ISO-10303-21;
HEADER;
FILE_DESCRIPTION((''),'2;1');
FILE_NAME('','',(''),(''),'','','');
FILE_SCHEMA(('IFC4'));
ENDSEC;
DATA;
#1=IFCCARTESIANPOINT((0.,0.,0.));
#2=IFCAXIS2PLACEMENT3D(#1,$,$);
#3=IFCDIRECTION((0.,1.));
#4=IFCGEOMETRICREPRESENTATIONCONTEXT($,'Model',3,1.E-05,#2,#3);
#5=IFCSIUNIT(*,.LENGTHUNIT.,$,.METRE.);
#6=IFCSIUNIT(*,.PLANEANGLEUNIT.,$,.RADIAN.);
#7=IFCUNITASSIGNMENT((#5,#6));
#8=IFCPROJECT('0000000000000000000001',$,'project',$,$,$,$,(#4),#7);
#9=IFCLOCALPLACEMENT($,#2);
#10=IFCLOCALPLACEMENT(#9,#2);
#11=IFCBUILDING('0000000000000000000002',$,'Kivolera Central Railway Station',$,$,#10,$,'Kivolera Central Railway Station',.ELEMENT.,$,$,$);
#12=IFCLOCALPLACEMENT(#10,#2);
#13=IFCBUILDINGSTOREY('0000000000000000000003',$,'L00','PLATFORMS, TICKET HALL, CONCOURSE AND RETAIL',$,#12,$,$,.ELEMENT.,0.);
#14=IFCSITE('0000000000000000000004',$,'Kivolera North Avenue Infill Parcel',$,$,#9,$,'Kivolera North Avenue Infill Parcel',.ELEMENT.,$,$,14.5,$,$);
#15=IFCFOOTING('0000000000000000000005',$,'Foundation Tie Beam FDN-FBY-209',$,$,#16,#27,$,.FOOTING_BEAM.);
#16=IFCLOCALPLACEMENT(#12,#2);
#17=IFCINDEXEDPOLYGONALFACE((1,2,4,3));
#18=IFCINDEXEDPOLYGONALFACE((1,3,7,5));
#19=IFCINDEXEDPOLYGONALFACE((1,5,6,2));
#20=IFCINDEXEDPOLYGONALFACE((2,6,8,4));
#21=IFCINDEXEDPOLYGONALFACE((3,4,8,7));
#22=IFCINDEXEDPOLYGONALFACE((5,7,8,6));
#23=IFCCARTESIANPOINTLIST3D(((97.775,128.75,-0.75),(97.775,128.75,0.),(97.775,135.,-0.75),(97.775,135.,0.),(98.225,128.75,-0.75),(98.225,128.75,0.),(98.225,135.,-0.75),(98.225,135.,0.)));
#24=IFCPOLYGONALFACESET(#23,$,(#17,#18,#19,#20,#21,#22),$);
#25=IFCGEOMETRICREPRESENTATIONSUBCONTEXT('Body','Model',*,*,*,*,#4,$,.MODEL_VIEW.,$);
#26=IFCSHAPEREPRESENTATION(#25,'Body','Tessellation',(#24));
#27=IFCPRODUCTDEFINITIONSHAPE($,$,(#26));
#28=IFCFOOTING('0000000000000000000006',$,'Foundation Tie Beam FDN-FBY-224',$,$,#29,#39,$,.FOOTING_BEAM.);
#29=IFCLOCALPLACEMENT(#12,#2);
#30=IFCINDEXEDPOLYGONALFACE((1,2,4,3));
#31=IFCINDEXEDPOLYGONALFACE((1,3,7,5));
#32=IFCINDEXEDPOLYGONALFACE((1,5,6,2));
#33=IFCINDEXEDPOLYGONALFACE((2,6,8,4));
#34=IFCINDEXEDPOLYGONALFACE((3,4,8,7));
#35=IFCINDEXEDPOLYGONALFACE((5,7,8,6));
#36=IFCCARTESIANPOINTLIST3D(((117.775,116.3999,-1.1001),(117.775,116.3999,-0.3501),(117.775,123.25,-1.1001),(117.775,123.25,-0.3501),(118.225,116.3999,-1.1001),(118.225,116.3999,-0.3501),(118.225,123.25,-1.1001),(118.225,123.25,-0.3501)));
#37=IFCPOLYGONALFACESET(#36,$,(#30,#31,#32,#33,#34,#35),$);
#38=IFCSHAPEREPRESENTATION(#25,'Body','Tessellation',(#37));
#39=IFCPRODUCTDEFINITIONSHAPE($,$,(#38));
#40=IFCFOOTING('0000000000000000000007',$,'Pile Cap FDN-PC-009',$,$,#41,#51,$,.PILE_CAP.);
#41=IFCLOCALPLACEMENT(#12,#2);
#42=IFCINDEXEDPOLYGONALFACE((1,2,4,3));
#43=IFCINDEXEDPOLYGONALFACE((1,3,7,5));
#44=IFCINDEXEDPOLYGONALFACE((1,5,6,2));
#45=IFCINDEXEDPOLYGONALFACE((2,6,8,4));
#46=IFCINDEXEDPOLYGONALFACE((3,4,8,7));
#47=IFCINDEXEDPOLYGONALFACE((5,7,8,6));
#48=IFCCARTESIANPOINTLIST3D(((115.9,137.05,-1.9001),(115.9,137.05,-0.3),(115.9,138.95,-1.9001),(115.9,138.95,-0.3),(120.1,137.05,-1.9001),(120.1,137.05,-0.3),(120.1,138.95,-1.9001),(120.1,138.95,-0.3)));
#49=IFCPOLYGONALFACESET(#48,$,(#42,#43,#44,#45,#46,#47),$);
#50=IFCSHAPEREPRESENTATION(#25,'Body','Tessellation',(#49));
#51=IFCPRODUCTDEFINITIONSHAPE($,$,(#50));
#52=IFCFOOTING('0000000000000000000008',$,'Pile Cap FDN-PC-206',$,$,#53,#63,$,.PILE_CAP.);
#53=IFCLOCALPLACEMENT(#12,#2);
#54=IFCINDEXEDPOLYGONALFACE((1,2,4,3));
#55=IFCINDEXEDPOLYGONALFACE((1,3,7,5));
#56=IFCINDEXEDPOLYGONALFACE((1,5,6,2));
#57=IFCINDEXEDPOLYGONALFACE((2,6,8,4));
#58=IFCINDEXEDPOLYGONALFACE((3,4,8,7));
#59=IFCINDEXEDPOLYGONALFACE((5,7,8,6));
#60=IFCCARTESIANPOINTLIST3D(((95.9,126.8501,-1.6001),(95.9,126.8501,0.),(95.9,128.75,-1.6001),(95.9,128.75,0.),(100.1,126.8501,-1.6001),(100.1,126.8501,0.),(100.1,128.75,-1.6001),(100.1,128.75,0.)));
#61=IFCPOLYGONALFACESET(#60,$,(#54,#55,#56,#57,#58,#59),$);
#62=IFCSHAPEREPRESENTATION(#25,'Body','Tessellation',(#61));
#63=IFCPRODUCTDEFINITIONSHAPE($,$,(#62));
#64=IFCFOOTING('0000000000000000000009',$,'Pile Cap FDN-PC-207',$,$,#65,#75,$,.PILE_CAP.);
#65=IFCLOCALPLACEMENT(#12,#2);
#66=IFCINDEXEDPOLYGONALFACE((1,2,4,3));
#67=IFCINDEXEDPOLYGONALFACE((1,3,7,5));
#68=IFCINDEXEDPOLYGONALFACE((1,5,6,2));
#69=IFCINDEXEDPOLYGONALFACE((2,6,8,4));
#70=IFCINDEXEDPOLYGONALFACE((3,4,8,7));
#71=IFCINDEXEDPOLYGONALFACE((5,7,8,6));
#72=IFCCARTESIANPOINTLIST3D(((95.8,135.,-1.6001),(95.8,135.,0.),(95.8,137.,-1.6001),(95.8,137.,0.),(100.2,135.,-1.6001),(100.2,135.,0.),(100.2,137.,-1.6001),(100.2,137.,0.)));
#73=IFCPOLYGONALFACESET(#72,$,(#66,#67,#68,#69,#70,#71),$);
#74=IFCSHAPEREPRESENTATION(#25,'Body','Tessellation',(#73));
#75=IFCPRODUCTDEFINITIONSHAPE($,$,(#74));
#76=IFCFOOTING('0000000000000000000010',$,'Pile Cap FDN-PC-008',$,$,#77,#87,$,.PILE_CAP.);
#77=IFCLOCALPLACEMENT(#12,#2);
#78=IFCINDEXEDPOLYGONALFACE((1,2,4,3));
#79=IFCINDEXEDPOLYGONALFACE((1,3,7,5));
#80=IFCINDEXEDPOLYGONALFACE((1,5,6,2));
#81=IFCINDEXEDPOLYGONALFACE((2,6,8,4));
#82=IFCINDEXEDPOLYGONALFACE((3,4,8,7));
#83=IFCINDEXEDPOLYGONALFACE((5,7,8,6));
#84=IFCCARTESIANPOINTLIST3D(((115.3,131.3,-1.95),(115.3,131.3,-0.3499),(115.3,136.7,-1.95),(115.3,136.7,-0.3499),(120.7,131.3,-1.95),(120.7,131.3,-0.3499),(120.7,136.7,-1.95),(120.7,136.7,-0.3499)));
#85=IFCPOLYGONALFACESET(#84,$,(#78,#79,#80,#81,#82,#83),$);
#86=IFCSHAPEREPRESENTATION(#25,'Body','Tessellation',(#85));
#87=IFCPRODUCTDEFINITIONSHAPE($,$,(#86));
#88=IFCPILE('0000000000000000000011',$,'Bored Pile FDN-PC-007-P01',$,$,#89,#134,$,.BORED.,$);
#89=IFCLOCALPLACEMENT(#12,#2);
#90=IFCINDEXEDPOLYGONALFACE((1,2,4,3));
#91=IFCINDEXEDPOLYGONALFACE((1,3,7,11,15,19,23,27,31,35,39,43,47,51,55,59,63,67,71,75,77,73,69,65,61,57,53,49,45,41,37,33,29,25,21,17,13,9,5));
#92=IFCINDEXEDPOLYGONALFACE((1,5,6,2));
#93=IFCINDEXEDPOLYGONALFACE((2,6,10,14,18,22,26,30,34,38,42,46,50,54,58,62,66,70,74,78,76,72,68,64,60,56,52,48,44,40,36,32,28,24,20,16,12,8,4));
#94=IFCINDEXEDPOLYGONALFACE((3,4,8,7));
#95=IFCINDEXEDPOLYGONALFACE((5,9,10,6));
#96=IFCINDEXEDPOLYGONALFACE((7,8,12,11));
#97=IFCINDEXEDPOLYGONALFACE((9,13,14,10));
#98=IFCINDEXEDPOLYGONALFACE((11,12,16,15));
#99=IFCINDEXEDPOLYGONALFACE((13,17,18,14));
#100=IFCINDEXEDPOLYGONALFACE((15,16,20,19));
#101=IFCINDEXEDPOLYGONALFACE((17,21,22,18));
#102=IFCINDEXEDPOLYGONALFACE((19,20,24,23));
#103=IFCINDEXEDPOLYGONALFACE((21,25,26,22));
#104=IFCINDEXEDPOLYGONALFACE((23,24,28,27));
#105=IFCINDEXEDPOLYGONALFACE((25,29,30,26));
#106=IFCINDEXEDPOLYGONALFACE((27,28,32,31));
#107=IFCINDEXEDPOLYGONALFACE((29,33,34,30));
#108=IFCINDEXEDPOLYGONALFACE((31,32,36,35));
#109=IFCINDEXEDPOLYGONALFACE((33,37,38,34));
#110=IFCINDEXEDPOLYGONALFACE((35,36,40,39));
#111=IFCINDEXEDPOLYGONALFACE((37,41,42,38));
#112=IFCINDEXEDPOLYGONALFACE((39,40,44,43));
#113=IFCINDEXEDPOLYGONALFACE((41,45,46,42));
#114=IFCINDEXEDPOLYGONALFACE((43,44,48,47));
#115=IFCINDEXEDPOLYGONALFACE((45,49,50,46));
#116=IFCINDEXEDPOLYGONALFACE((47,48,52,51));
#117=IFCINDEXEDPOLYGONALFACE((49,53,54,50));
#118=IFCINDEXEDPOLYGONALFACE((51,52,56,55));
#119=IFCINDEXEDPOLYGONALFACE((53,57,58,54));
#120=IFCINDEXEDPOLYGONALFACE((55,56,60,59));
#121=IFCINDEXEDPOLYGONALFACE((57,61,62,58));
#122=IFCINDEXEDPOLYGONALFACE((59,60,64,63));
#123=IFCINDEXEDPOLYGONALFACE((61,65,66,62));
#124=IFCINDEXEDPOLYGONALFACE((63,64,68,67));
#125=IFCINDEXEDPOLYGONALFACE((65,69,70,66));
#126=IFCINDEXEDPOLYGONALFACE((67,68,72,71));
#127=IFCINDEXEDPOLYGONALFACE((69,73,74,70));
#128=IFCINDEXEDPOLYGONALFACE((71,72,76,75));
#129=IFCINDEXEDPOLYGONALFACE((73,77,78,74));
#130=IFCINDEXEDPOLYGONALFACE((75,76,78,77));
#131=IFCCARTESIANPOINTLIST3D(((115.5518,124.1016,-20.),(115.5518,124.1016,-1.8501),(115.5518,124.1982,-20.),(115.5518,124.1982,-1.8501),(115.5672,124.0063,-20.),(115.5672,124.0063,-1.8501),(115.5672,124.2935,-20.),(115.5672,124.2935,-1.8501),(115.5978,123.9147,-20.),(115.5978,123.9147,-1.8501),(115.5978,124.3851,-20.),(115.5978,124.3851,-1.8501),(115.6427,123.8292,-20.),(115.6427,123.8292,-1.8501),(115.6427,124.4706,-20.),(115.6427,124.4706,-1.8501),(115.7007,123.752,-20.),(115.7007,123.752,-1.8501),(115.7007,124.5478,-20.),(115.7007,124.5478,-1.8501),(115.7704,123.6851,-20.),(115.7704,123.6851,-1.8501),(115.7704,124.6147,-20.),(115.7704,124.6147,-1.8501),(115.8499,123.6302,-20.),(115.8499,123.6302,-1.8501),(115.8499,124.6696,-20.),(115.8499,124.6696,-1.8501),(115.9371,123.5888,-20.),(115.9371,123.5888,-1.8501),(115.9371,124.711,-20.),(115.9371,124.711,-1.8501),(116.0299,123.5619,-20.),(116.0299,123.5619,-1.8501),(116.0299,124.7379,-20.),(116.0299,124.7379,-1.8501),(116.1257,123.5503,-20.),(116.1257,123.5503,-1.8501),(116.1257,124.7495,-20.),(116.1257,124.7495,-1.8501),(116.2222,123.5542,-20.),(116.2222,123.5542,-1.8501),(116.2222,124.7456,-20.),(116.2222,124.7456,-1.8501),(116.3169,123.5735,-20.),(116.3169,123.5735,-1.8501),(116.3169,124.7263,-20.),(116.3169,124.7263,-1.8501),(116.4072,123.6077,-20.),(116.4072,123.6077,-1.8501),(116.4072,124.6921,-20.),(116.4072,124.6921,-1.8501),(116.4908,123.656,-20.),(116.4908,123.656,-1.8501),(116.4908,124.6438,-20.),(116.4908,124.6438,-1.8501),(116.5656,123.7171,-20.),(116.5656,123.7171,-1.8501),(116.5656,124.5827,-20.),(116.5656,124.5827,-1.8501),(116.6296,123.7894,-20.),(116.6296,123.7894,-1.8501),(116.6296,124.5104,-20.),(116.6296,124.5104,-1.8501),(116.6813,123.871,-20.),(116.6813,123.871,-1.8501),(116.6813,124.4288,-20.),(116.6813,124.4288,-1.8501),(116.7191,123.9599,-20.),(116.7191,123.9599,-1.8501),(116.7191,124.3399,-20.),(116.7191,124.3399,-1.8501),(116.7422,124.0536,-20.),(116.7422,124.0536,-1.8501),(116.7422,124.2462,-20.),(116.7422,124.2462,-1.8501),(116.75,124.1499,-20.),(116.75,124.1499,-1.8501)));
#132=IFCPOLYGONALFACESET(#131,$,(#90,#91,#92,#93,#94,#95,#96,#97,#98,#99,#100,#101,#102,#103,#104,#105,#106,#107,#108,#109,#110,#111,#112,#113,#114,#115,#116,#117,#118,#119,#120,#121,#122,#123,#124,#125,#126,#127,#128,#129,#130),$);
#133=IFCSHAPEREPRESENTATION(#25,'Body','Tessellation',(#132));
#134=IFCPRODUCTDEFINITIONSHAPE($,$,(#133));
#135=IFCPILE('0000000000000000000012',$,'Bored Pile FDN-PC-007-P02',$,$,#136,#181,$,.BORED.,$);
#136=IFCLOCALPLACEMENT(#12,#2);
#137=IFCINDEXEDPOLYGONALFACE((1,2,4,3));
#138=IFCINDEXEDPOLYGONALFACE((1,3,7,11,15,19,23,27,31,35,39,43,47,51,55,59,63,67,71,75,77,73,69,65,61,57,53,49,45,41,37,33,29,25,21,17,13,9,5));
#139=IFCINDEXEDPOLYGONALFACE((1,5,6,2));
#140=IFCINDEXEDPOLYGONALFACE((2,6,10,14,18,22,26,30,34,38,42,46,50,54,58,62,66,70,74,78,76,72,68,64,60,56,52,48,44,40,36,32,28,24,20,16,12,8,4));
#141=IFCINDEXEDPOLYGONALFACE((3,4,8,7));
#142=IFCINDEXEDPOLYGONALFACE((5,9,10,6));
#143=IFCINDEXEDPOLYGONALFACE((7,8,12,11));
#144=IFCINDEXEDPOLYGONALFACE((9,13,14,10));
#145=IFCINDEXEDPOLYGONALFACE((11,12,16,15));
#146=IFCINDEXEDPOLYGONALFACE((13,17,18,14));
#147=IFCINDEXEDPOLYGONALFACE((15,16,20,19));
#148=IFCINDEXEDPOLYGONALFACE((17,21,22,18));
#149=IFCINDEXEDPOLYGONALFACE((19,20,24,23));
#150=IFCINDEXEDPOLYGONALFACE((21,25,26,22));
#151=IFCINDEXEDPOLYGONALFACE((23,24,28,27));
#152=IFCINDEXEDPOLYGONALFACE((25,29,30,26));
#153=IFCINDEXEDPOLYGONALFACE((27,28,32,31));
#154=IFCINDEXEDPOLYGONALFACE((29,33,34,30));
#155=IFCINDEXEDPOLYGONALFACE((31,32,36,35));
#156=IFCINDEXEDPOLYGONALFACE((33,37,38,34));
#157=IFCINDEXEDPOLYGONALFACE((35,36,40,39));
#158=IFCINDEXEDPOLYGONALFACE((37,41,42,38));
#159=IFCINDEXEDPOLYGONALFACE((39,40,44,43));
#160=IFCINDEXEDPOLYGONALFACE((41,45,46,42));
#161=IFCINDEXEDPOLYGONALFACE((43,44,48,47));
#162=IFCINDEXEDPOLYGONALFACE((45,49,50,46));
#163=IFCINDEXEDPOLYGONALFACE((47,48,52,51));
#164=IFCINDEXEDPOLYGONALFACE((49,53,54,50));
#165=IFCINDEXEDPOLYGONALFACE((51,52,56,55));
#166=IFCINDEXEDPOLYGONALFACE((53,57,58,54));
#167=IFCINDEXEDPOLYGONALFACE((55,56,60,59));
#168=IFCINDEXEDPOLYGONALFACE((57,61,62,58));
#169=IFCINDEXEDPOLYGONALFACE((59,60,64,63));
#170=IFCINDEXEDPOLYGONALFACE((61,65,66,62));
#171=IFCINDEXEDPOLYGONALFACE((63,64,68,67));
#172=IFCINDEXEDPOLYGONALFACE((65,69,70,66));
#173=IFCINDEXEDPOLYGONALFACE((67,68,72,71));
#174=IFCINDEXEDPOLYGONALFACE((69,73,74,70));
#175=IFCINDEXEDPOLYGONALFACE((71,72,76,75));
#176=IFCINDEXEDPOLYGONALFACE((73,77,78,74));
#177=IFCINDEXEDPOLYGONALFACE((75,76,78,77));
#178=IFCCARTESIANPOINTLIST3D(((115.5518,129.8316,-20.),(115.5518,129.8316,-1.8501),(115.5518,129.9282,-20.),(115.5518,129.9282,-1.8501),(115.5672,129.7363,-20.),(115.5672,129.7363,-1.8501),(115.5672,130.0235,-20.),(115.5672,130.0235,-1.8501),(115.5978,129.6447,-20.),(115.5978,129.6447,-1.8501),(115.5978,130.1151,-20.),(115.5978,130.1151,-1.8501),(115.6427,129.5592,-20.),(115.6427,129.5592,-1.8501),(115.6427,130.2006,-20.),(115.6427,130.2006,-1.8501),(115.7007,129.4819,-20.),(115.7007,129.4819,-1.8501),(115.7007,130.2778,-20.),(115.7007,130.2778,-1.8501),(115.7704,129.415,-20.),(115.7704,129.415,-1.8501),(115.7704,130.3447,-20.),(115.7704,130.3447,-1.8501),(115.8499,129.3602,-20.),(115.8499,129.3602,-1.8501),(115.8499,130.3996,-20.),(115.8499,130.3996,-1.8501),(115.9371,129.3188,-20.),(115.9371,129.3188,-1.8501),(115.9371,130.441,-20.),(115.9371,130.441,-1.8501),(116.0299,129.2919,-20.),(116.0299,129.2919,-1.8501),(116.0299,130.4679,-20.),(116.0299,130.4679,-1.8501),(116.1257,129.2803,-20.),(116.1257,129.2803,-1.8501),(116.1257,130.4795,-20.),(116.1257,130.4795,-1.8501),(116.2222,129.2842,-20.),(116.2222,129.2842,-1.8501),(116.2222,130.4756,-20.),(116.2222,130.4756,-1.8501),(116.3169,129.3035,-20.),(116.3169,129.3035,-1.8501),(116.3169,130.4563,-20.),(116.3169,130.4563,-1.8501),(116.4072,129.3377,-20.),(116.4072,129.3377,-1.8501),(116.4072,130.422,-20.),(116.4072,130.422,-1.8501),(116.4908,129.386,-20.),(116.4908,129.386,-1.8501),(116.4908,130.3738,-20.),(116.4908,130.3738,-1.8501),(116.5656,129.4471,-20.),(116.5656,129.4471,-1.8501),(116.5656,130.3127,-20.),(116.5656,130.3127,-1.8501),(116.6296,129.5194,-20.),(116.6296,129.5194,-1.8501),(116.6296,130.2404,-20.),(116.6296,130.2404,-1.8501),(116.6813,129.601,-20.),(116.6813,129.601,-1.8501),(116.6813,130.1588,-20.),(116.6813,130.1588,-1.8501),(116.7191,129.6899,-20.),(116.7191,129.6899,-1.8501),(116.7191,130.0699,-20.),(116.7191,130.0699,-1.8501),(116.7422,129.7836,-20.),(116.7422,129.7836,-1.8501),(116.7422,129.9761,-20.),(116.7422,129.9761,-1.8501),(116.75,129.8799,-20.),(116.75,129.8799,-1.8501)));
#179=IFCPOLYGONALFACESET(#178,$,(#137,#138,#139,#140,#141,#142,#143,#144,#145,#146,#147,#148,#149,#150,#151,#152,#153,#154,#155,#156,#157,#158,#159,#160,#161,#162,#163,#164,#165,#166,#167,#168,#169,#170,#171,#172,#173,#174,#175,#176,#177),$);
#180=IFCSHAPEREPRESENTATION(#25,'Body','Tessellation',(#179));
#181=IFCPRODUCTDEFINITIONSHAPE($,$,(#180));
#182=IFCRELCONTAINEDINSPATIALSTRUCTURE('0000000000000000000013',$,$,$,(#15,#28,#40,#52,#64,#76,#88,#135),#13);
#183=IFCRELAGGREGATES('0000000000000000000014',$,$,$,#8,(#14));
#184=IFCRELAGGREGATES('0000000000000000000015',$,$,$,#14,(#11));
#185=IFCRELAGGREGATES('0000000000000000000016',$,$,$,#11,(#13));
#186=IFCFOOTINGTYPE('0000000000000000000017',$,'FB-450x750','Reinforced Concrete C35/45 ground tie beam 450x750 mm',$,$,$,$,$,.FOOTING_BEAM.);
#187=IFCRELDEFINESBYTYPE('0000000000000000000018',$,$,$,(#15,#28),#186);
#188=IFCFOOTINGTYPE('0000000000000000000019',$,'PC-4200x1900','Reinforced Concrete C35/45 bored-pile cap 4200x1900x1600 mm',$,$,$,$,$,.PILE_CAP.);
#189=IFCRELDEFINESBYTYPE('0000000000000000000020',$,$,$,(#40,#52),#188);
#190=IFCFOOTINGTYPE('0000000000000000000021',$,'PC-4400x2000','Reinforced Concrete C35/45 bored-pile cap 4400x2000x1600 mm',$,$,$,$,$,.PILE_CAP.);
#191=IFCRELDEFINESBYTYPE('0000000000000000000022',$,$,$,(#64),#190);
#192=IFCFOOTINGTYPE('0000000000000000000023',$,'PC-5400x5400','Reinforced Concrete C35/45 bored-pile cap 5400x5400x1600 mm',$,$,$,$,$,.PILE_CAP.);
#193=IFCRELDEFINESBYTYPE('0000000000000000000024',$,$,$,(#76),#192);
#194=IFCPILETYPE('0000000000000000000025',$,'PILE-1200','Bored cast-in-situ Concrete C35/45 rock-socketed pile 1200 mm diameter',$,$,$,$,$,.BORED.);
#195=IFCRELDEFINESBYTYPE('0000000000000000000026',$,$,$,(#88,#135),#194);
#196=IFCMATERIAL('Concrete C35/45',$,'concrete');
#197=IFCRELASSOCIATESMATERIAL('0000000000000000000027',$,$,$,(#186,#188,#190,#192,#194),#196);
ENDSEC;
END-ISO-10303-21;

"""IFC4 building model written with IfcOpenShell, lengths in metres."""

from ifc_helpers import new_model, si_unit, direction, frame, origin, origin_2d, place, context, subcontext, project, spatial, rectangle, circle, extrude, material, material_profile, profile_set, type_object, element, save


model = new_model("IFC4")

# Units and contexts
model_context = context("Model", 3, precision=1e-05, world=origin(), true_north=direction((0.0, 1.0)))
body_context = subcontext(model_context, "Body", "Model", "MODEL_VIEW")
ifc_project = project(units=[si_unit("LENGTHUNIT", "METRE"), si_unit("PLANEANGLEUNIT", "RADIAN")], contexts=[model_context])

# Site, building, storey
site_placement = place(None, origin())
site = spatial("IfcSite", under=ifc_project, at=site_placement, Name="Kivolera North Avenue Infill Parcel", LongName="Kivolera North Avenue Infill Parcel", CompositionType="ELEMENT", RefElevation=14.5)
building_placement = place(site_placement, origin())
building = spatial("IfcBuilding", under=site, at=building_placement, Name="Kivolera Central Railway Station", LongName="Kivolera Central Railway Station", CompositionType="ELEMENT")
storey_placement = place(building_placement, origin())
storey = spatial("IfcBuildingStorey", under=building, at=storey_placement, Name="L00", Description="PLATFORMS, TICKET HALL, CONCOURSE AND RETAIL", CompositionType="ELEMENT", Elevation=0.0)

# Footings
ifc_material_1 = material(Name="Concrete C35/45", Category="concrete")
footing_type_1 = type_object("IfcFootingType", Name="FB-450x750", Description="Reinforced Concrete C35/45 ground tie beam 450x750 mm", PredefinedType="FOOTING_BEAM", material=ifc_material_1)
footing_1_placement = place(storey_placement, frame((98.0, 131.875, -0.75), z_axis=(0.0, 0.0, 1.0), x_axis=(1.0, 0.0, 0.0)))
element("IfcFooting", 1, at=footing_1_placement, inside=storey, type_object=footing_type_1, Name="Foundation Tie Beam FDN-FBY-209", PredefinedType="FOOTING_BEAM", context=body_context, shape_type="SweptSolid", body=[
    extrude(rectangle(XDim=0.45, YDim=6.25, at=origin_2d()), origin(), (0.0, 0.0, 1.0), 0.75),
])
footing_2_placement = place(storey_placement, frame((118.0, 119.825, -1.1001), z_axis=(0.0, 0.0, 1.0), x_axis=(1.0, 0.0, 0.0)))
element("IfcFooting", 2, at=footing_2_placement, inside=storey, type_object=footing_type_1, Name="Foundation Tie Beam FDN-FBY-224", PredefinedType="FOOTING_BEAM", context=body_context, shape_type="SweptSolid", body=[
    extrude(rectangle(XDim=0.45, YDim=6.8501, at=origin_2d()), origin(), (0.0, 0.0, 1.0), 0.75),
])
footing_type_2 = type_object("IfcFootingType", Name="PC-4200x1900", Description="Reinforced Concrete C35/45 bored-pile cap 4200x1900x1600 mm", PredefinedType="PILE_CAP", material=ifc_material_1)
for number, where, z_axis, x_axis, name in (
    (3, (118.0, 138.0, -1.9001), (0.0, 0.0, 1.0), (1.0, 0.0, 0.0), "Pile Cap FDN-PC-009"),
    (4, (98.0, 127.8, -1.6001), (0.0, 0.0, 1.0), (1.0, 0.0, 0.0), "Pile Cap FDN-PC-206"),
):
    element("IfcFooting", number, at=place(storey_placement, frame(where, z_axis=z_axis, x_axis=x_axis)), inside=storey, type_object=footing_type_2, Name=name, PredefinedType="PILE_CAP", context=body_context, shape_type="SweptSolid", body=[
        extrude(rectangle(XDim=4.2, YDim=1.8999, at=origin_2d()), origin(), (0.0, 0.0, 1.0), 1.6001),
    ])
footing_type_3 = type_object("IfcFootingType", Name="PC-4400x2000", Description="Reinforced Concrete C35/45 bored-pile cap 4400x2000x1600 mm", PredefinedType="PILE_CAP", material=ifc_material_1)
footing_3_placement = place(storey_placement, frame((98.0, 136.0, -1.6001), z_axis=(0.0, 0.0, 1.0), x_axis=(1.0, 0.0, 0.0)))
element("IfcFooting", 5, at=footing_3_placement, inside=storey, type_object=footing_type_3, Name="Pile Cap FDN-PC-207", PredefinedType="PILE_CAP", context=body_context, shape_type="SweptSolid", body=[
    extrude(rectangle(XDim=4.3999, YDim=2.0, at=origin_2d()), origin(), (0.0, 0.0, 1.0), 1.6001),
])
footing_type_4 = type_object("IfcFootingType", Name="PC-5400x5400", Description="Reinforced Concrete C35/45 bored-pile cap 5400x5400x1600 mm", PredefinedType="PILE_CAP", material=ifc_material_1)
footing_4_placement = place(storey_placement, frame((118.0, 134.0, -1.95), z_axis=(0.0, 0.0, 1.0), x_axis=(1.0, 0.0, 0.0)))
element("IfcFooting", 6, at=footing_4_placement, inside=storey, type_object=footing_type_4, Name="Pile Cap FDN-PC-008", PredefinedType="PILE_CAP", context=body_context, shape_type="SweptSolid", body=[
    extrude(rectangle(XDim=5.3999, YDim=5.3999, at=origin_2d()), origin(), (0.0, 0.0, 1.0), 1.6001),
])

# Piles
ifc_material_profile_1 = material_profile(ifc_material_1, circle(Radius=0.6001, at=origin_2d()), Name="PILE D1200")
ifc_profile_set_1 = profile_set([ifc_material_profile_1], Name="Concrete C35/45")
pile_type_1 = type_object("IfcPileType", Name="PILE-1200", Description="Bored cast-in-situ Concrete C35/45 rock-socketed pile 1200 mm diameter", PredefinedType="BORED", material=ifc_profile_set_1)
for number, where, z_axis, x_axis, name in (
    (7, (116.1499, 124.1499, -1.8501), (0.0, 0.0, -1.0), (1.0, 0.0, 0.0), "Bored Pile FDN-PC-007-P01"),
    (8, (116.1499, 129.8799, -1.8501), (0.0, 0.0, -1.0), (1.0, 0.0, 0.0), "Bored Pile FDN-PC-007-P02"),
):
    element("IfcPile", number, at=place(storey_placement, frame(where, z_axis=z_axis, x_axis=x_axis)), inside=storey, type_object=pile_type_1, Name=name, PredefinedType="BORED", context=body_context, shape_type="SweptSolid", body=[
        extrude(circle(Radius=0.6001, at=origin_2d()), origin(), (0.0, 0.0, 1.0), 18.1499),
    ])

save(model, "model.ifc")
